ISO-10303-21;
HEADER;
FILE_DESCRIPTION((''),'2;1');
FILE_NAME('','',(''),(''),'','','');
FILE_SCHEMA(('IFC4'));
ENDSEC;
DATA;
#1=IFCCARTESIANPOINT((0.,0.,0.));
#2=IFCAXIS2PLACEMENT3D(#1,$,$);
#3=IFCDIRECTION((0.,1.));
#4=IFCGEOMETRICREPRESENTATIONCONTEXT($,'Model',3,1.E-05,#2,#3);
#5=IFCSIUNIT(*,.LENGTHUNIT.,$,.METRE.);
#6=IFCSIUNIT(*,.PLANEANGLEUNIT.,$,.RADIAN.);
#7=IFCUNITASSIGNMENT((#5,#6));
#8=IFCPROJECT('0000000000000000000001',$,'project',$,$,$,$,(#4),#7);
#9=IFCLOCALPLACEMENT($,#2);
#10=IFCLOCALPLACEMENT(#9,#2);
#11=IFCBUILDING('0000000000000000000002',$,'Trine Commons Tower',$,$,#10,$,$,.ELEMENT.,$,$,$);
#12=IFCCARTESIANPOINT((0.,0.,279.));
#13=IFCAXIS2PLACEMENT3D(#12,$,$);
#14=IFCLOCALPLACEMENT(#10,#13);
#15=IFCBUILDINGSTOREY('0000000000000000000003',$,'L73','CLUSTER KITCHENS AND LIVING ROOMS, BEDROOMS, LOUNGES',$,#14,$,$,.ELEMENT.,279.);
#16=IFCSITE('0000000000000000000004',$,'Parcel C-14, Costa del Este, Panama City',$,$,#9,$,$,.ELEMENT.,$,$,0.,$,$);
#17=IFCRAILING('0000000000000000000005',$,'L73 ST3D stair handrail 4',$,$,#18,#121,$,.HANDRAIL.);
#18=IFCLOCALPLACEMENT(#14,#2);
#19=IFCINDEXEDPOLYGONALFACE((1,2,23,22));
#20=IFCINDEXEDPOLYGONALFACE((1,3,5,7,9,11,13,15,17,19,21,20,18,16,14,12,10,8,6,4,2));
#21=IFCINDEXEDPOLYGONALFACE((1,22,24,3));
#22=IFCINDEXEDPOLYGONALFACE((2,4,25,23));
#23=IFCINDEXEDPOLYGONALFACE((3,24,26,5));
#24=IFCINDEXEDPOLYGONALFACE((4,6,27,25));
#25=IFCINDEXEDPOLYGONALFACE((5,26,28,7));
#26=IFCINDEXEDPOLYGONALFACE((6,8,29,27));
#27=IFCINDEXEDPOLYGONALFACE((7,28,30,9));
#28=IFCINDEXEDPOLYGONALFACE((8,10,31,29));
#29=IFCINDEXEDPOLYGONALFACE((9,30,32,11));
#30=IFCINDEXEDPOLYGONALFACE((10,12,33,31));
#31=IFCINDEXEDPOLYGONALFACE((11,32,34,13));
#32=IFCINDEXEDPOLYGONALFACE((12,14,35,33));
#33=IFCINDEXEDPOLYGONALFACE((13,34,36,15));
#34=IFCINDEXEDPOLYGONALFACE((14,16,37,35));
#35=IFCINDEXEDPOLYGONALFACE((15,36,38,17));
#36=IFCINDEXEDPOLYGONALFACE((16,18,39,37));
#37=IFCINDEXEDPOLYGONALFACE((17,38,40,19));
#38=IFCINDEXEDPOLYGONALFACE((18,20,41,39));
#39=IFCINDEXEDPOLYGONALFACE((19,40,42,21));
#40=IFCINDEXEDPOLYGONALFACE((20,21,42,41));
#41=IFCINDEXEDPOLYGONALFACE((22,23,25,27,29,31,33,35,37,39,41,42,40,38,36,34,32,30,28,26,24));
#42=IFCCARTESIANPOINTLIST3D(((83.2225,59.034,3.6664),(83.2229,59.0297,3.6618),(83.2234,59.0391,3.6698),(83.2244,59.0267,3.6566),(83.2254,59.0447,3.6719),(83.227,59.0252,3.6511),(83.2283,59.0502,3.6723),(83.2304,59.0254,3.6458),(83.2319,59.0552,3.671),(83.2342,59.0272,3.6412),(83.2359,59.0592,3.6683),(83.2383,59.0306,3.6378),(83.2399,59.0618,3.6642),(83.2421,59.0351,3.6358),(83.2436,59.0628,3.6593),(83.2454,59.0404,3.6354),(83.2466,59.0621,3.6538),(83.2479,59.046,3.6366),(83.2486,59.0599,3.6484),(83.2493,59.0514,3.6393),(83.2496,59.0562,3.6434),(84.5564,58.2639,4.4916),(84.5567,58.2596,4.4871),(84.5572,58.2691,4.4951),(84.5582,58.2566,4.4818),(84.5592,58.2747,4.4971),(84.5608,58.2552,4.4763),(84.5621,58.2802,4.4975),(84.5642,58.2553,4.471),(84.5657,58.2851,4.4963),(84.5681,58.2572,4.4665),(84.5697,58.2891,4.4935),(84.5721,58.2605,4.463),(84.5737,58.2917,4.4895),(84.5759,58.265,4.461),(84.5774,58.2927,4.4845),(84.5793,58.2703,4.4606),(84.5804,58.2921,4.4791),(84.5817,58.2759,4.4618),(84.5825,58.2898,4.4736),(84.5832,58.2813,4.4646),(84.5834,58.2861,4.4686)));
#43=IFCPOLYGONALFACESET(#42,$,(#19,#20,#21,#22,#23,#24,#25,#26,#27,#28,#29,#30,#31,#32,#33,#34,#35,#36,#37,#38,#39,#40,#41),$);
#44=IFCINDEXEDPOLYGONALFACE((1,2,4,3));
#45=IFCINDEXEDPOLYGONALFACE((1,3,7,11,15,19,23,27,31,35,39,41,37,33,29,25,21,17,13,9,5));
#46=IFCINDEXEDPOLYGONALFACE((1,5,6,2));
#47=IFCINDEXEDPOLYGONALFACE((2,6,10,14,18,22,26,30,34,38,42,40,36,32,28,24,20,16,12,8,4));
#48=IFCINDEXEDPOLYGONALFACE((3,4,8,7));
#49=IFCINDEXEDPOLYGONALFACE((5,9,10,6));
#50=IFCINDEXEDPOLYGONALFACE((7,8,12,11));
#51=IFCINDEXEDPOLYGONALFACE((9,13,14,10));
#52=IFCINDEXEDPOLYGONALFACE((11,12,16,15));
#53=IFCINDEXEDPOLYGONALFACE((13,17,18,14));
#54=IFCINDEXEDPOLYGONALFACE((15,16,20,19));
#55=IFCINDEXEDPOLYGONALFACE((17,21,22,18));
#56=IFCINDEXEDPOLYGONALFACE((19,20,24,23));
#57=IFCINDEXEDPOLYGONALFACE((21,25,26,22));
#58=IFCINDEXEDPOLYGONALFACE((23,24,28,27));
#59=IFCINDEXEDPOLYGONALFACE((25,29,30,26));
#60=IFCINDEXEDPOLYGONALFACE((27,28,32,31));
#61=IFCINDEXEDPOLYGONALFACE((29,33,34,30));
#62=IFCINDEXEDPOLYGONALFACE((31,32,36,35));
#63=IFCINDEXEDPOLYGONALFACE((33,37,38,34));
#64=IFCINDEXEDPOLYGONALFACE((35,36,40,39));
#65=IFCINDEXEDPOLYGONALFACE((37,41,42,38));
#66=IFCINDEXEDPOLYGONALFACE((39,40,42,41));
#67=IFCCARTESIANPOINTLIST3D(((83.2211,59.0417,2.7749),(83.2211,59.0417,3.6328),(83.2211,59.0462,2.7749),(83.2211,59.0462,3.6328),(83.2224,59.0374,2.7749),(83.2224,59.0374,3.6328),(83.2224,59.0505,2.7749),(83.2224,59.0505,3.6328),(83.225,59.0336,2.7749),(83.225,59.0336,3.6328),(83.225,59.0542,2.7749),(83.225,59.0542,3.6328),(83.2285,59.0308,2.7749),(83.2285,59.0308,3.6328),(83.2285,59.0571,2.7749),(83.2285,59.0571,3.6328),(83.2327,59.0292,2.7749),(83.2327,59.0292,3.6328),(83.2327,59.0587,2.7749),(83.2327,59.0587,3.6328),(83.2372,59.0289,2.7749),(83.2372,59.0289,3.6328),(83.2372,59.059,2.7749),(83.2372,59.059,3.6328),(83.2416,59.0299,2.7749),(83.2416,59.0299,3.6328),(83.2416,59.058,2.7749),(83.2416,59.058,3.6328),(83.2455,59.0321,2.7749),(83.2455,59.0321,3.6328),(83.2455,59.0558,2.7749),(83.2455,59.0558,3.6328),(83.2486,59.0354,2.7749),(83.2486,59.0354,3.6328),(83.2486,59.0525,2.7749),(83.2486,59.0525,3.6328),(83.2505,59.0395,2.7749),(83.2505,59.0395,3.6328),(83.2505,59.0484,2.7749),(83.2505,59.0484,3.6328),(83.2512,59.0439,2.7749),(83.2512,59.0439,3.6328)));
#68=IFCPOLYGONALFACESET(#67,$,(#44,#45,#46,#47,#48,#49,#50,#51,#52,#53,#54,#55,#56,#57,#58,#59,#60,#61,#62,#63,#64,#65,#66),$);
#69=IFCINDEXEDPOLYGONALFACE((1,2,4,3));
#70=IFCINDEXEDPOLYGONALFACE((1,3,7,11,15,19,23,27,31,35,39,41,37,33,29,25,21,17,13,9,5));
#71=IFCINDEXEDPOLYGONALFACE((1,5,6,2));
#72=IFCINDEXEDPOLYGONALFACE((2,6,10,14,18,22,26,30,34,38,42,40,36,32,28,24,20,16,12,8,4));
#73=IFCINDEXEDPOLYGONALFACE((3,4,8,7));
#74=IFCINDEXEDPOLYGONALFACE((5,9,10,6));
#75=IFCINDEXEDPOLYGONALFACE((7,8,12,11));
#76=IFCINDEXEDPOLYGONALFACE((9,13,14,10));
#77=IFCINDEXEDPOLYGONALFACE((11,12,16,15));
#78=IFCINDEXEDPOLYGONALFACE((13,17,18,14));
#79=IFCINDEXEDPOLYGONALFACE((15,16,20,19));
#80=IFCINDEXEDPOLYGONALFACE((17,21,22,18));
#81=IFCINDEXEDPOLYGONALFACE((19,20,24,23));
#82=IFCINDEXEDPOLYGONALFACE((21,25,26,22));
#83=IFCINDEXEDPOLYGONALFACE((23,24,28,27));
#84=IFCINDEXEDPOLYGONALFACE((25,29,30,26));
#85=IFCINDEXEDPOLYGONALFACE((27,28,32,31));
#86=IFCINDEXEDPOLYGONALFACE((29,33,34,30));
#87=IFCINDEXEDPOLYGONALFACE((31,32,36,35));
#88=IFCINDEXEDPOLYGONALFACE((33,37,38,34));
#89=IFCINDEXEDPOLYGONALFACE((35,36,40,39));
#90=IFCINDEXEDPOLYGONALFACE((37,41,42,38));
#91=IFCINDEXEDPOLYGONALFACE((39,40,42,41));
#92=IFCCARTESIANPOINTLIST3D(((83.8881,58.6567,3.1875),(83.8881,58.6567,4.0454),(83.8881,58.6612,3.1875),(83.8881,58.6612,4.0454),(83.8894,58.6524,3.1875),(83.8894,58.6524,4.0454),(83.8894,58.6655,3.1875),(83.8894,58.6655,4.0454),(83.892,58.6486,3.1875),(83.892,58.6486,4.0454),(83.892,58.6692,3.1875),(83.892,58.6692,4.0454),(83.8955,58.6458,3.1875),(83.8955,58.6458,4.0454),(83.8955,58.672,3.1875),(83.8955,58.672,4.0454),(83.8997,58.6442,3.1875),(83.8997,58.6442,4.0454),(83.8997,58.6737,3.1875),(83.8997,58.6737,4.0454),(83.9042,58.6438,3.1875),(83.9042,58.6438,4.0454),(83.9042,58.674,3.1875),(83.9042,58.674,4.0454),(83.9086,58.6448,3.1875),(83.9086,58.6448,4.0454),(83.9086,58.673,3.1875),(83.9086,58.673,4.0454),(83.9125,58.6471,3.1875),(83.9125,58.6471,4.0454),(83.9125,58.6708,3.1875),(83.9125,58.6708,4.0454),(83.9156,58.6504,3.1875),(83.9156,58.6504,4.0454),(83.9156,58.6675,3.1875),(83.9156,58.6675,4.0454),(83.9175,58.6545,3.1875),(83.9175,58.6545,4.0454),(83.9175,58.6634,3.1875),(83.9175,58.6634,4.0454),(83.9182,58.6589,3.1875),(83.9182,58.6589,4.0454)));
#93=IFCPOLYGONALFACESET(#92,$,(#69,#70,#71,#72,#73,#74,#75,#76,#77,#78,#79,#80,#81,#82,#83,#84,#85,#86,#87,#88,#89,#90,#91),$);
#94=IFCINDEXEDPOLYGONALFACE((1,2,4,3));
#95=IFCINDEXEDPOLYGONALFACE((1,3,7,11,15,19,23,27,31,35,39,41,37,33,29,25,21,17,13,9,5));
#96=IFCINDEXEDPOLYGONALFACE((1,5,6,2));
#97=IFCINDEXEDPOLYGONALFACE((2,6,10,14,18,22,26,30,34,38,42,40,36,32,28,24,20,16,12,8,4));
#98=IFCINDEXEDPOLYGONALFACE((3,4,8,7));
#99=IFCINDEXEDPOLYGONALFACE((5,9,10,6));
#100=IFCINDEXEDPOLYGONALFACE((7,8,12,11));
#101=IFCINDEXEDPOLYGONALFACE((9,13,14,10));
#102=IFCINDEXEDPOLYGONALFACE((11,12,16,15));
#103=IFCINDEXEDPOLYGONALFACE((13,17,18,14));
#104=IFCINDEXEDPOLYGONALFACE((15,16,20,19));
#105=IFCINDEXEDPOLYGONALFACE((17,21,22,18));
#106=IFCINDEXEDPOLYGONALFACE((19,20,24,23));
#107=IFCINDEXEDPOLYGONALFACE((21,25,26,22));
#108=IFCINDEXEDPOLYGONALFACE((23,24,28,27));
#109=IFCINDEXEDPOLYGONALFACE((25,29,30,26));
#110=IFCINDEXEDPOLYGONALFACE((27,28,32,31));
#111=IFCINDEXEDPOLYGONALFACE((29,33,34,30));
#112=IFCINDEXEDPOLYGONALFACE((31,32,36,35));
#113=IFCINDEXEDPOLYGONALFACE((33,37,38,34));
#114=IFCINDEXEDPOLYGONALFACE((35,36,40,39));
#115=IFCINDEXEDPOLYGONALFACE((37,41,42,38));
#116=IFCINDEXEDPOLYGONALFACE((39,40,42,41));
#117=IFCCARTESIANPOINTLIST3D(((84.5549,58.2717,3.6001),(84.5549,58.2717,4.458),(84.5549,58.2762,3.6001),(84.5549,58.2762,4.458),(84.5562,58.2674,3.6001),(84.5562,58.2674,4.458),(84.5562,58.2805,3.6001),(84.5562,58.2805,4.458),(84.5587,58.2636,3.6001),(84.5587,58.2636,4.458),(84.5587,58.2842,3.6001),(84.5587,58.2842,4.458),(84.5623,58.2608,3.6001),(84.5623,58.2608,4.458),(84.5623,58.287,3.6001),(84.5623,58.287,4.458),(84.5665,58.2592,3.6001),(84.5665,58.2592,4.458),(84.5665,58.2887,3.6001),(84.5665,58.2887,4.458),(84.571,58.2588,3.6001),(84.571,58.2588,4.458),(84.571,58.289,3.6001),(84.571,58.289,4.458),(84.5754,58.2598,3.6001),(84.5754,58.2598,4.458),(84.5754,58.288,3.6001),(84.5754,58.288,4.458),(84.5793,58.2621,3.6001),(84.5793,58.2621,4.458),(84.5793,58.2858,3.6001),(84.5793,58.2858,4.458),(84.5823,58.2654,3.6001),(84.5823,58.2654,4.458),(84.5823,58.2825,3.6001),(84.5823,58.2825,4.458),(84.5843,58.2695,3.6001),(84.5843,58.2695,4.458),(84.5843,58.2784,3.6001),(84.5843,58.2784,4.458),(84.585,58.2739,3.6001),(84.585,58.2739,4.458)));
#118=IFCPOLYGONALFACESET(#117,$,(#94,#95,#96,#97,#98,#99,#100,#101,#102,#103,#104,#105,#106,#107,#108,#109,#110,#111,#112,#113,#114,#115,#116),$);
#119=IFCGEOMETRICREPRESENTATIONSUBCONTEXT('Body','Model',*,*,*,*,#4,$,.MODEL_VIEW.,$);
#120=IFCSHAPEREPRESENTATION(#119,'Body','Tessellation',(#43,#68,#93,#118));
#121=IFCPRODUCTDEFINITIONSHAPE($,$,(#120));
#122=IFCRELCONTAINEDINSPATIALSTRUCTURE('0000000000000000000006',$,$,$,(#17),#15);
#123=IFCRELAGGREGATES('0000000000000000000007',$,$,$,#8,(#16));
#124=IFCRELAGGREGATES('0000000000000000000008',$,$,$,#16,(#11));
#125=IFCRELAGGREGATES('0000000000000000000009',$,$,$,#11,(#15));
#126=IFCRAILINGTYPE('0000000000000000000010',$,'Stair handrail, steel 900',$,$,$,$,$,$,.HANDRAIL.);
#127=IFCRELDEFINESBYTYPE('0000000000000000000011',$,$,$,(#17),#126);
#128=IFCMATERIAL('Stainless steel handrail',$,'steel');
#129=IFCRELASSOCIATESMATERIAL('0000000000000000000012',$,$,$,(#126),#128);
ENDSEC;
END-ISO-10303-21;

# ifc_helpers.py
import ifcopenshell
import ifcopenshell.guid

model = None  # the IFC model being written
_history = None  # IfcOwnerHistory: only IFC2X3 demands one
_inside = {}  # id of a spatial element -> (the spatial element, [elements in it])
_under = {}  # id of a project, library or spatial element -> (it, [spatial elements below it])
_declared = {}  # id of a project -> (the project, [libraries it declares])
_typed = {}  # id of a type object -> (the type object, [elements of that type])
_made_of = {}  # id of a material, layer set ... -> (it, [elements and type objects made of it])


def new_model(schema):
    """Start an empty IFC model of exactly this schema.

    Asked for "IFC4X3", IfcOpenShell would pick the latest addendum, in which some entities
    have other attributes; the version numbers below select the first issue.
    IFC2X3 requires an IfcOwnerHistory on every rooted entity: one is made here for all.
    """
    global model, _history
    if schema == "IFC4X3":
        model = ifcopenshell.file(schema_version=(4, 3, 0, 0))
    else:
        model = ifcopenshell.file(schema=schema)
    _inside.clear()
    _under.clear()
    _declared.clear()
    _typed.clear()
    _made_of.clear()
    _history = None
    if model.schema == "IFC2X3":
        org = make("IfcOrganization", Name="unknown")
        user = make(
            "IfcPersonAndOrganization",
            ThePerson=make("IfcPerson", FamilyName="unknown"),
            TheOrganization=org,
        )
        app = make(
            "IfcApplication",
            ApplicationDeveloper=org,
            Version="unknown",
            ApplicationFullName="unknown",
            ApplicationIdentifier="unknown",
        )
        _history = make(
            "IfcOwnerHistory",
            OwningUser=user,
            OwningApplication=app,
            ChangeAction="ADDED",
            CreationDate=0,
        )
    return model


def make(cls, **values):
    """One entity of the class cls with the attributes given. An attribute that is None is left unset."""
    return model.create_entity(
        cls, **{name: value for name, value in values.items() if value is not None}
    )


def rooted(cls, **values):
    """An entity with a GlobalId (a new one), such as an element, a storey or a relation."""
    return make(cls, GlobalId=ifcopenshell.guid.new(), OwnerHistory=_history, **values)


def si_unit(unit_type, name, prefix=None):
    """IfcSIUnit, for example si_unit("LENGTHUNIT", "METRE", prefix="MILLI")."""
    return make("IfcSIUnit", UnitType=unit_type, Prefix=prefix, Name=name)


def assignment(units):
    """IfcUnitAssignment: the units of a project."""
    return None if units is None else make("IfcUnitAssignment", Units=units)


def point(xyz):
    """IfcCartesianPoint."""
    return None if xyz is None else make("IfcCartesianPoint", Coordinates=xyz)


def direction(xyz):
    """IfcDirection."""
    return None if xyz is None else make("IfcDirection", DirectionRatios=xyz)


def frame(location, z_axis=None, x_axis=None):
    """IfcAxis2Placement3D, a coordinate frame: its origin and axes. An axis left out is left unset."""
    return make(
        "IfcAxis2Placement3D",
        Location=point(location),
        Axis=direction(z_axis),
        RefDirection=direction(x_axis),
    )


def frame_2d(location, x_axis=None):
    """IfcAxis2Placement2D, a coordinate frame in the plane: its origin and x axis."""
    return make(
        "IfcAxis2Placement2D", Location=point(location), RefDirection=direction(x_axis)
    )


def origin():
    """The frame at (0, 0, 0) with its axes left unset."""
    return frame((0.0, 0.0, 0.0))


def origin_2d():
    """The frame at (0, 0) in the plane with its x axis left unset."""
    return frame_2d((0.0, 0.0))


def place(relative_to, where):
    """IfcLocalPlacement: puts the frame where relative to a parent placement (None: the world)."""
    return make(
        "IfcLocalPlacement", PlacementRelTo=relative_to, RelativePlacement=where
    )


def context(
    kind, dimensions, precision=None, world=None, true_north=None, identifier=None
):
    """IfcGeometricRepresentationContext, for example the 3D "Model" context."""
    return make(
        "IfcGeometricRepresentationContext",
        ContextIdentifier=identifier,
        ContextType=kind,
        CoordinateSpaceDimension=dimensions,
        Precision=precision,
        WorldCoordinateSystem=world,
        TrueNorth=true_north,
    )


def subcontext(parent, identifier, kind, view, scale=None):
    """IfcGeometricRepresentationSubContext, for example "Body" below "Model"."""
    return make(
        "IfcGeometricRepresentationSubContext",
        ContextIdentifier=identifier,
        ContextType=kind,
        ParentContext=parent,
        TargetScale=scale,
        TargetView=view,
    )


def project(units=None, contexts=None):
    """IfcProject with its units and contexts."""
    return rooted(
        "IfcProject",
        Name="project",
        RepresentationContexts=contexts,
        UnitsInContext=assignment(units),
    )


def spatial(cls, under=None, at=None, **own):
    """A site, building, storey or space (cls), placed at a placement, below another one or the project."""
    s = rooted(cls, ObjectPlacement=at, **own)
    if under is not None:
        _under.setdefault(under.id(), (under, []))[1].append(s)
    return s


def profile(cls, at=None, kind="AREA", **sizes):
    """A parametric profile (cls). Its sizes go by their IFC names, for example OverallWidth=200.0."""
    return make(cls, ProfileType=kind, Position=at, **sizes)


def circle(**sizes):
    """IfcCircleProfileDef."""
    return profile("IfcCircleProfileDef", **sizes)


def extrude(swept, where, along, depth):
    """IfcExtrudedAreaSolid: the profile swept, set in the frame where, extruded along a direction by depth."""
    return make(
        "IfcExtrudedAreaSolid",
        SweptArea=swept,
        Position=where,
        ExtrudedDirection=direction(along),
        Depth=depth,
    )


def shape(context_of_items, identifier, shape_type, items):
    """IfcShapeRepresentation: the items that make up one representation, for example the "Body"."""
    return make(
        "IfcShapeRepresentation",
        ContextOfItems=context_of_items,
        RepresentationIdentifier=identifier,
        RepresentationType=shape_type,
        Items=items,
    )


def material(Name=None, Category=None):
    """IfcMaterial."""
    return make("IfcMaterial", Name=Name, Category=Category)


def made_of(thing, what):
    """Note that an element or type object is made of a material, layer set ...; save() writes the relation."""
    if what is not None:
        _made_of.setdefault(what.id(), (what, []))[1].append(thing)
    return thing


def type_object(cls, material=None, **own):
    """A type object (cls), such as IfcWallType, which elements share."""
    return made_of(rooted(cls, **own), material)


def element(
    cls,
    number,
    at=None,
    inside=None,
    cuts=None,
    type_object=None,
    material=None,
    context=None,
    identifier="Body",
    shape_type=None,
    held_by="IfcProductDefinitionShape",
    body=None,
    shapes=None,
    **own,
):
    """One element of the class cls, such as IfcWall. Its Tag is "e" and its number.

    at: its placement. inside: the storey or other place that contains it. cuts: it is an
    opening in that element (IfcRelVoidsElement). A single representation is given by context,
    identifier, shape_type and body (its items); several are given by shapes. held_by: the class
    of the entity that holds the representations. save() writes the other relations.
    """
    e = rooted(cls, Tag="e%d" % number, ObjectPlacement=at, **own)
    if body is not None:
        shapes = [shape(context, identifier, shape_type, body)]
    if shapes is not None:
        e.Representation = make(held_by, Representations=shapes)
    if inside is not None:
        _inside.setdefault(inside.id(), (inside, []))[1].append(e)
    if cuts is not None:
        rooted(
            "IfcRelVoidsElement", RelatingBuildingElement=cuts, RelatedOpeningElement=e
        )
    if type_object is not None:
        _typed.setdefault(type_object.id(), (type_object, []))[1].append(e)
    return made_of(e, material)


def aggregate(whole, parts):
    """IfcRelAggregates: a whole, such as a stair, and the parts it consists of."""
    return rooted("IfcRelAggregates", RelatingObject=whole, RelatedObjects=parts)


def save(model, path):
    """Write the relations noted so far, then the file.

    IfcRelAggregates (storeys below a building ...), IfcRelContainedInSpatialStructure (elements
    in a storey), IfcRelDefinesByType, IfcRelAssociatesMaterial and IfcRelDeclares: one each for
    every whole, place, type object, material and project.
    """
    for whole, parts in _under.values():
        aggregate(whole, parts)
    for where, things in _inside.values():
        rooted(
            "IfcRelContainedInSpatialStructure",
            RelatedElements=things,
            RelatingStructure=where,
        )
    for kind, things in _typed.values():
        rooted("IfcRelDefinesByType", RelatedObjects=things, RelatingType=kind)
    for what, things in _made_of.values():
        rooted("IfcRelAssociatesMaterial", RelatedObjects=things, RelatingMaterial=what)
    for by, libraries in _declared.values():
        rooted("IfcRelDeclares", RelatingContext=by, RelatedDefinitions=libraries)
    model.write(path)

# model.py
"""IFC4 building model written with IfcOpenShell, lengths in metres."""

from ifc_helpers import new_model, si_unit, direction, frame, origin, origin_2d, place, context, subcontext, project, spatial, circle, extrude, material, type_object, element, save


model = new_model("IFC4")

# Units and contexts
model_context = context("Model", 3, precision=1e-05, world=origin(), true_north=direction((0.0, 1.0)))
body_context = subcontext(model_context, "Body", "Model", "MODEL_VIEW")
ifc_project = project(units=[si_unit("LENGTHUNIT", "METRE"), si_unit("PLANEANGLEUNIT", "RADIAN")], contexts=[model_context])

# Site, building, storey
site_placement = place(None, origin())
site = spatial("IfcSite", under=ifc_project, at=site_placement, Name="Parcel C-14, Costa del Este, Panama City", CompositionType="ELEMENT", RefElevation=0.0)
building_placement = place(site_placement, origin())
building = spatial("IfcBuilding", under=site, at=building_placement, Name="Trine Commons Tower", CompositionType="ELEMENT")
storey_placement = place(building_placement, frame((0.0, 0.0, 279.0)))
storey = spatial("IfcBuildingStorey", under=building, at=storey_placement, Name="L73", Description="CLUSTER KITCHENS AND LIVING ROOMS, BEDROOMS, LOUNGES", CompositionType="ELEMENT", Elevation=279.0)

# Railing
ifc_material_1 = material(Name="Stainless steel handrail", Category="steel")
railing_type_1 = type_object("IfcRailingType", Name="Stair handrail, steel 900", PredefinedType="HANDRAIL", material=ifc_material_1)
railing_1_placement = place(storey_placement, frame((83.2361, 59.0439, 2.7749)))
element("IfcRailing", 1, at=railing_1_placement, inside=storey, type_object=railing_type_1, Name="L73 ST3D stair handrail 4", PredefinedType="HANDRAIL", context=body_context, shape_type="SweptSolid", body=[
    extrude(circle(Radius=0.021, at=origin_2d()), frame((0.0, 0.0, 0.8789), z_axis=(0.763355, -0.440714, 0.472293), x_axis=(0.499992, 0.86603, 0.0)), (0.0, 0.0, 1.0), 1.7473),
    extrude(circle(Radius=0.0151, at=origin_2d()), origin(), (0.0, 0.0, 1.0), 0.8579),
    extrude(circle(Radius=0.0151, at=origin_2d()), frame((0.667, -0.385, 0.4126)), (0.0, 0.0, 1.0), 0.8579),
    extrude(circle(Radius=0.0151, at=origin_2d()), frame((1.3337, -0.77, 0.8252)), (0.0, 0.0, 1.0), 0.8579),
])

save(model, "model.ifc")
